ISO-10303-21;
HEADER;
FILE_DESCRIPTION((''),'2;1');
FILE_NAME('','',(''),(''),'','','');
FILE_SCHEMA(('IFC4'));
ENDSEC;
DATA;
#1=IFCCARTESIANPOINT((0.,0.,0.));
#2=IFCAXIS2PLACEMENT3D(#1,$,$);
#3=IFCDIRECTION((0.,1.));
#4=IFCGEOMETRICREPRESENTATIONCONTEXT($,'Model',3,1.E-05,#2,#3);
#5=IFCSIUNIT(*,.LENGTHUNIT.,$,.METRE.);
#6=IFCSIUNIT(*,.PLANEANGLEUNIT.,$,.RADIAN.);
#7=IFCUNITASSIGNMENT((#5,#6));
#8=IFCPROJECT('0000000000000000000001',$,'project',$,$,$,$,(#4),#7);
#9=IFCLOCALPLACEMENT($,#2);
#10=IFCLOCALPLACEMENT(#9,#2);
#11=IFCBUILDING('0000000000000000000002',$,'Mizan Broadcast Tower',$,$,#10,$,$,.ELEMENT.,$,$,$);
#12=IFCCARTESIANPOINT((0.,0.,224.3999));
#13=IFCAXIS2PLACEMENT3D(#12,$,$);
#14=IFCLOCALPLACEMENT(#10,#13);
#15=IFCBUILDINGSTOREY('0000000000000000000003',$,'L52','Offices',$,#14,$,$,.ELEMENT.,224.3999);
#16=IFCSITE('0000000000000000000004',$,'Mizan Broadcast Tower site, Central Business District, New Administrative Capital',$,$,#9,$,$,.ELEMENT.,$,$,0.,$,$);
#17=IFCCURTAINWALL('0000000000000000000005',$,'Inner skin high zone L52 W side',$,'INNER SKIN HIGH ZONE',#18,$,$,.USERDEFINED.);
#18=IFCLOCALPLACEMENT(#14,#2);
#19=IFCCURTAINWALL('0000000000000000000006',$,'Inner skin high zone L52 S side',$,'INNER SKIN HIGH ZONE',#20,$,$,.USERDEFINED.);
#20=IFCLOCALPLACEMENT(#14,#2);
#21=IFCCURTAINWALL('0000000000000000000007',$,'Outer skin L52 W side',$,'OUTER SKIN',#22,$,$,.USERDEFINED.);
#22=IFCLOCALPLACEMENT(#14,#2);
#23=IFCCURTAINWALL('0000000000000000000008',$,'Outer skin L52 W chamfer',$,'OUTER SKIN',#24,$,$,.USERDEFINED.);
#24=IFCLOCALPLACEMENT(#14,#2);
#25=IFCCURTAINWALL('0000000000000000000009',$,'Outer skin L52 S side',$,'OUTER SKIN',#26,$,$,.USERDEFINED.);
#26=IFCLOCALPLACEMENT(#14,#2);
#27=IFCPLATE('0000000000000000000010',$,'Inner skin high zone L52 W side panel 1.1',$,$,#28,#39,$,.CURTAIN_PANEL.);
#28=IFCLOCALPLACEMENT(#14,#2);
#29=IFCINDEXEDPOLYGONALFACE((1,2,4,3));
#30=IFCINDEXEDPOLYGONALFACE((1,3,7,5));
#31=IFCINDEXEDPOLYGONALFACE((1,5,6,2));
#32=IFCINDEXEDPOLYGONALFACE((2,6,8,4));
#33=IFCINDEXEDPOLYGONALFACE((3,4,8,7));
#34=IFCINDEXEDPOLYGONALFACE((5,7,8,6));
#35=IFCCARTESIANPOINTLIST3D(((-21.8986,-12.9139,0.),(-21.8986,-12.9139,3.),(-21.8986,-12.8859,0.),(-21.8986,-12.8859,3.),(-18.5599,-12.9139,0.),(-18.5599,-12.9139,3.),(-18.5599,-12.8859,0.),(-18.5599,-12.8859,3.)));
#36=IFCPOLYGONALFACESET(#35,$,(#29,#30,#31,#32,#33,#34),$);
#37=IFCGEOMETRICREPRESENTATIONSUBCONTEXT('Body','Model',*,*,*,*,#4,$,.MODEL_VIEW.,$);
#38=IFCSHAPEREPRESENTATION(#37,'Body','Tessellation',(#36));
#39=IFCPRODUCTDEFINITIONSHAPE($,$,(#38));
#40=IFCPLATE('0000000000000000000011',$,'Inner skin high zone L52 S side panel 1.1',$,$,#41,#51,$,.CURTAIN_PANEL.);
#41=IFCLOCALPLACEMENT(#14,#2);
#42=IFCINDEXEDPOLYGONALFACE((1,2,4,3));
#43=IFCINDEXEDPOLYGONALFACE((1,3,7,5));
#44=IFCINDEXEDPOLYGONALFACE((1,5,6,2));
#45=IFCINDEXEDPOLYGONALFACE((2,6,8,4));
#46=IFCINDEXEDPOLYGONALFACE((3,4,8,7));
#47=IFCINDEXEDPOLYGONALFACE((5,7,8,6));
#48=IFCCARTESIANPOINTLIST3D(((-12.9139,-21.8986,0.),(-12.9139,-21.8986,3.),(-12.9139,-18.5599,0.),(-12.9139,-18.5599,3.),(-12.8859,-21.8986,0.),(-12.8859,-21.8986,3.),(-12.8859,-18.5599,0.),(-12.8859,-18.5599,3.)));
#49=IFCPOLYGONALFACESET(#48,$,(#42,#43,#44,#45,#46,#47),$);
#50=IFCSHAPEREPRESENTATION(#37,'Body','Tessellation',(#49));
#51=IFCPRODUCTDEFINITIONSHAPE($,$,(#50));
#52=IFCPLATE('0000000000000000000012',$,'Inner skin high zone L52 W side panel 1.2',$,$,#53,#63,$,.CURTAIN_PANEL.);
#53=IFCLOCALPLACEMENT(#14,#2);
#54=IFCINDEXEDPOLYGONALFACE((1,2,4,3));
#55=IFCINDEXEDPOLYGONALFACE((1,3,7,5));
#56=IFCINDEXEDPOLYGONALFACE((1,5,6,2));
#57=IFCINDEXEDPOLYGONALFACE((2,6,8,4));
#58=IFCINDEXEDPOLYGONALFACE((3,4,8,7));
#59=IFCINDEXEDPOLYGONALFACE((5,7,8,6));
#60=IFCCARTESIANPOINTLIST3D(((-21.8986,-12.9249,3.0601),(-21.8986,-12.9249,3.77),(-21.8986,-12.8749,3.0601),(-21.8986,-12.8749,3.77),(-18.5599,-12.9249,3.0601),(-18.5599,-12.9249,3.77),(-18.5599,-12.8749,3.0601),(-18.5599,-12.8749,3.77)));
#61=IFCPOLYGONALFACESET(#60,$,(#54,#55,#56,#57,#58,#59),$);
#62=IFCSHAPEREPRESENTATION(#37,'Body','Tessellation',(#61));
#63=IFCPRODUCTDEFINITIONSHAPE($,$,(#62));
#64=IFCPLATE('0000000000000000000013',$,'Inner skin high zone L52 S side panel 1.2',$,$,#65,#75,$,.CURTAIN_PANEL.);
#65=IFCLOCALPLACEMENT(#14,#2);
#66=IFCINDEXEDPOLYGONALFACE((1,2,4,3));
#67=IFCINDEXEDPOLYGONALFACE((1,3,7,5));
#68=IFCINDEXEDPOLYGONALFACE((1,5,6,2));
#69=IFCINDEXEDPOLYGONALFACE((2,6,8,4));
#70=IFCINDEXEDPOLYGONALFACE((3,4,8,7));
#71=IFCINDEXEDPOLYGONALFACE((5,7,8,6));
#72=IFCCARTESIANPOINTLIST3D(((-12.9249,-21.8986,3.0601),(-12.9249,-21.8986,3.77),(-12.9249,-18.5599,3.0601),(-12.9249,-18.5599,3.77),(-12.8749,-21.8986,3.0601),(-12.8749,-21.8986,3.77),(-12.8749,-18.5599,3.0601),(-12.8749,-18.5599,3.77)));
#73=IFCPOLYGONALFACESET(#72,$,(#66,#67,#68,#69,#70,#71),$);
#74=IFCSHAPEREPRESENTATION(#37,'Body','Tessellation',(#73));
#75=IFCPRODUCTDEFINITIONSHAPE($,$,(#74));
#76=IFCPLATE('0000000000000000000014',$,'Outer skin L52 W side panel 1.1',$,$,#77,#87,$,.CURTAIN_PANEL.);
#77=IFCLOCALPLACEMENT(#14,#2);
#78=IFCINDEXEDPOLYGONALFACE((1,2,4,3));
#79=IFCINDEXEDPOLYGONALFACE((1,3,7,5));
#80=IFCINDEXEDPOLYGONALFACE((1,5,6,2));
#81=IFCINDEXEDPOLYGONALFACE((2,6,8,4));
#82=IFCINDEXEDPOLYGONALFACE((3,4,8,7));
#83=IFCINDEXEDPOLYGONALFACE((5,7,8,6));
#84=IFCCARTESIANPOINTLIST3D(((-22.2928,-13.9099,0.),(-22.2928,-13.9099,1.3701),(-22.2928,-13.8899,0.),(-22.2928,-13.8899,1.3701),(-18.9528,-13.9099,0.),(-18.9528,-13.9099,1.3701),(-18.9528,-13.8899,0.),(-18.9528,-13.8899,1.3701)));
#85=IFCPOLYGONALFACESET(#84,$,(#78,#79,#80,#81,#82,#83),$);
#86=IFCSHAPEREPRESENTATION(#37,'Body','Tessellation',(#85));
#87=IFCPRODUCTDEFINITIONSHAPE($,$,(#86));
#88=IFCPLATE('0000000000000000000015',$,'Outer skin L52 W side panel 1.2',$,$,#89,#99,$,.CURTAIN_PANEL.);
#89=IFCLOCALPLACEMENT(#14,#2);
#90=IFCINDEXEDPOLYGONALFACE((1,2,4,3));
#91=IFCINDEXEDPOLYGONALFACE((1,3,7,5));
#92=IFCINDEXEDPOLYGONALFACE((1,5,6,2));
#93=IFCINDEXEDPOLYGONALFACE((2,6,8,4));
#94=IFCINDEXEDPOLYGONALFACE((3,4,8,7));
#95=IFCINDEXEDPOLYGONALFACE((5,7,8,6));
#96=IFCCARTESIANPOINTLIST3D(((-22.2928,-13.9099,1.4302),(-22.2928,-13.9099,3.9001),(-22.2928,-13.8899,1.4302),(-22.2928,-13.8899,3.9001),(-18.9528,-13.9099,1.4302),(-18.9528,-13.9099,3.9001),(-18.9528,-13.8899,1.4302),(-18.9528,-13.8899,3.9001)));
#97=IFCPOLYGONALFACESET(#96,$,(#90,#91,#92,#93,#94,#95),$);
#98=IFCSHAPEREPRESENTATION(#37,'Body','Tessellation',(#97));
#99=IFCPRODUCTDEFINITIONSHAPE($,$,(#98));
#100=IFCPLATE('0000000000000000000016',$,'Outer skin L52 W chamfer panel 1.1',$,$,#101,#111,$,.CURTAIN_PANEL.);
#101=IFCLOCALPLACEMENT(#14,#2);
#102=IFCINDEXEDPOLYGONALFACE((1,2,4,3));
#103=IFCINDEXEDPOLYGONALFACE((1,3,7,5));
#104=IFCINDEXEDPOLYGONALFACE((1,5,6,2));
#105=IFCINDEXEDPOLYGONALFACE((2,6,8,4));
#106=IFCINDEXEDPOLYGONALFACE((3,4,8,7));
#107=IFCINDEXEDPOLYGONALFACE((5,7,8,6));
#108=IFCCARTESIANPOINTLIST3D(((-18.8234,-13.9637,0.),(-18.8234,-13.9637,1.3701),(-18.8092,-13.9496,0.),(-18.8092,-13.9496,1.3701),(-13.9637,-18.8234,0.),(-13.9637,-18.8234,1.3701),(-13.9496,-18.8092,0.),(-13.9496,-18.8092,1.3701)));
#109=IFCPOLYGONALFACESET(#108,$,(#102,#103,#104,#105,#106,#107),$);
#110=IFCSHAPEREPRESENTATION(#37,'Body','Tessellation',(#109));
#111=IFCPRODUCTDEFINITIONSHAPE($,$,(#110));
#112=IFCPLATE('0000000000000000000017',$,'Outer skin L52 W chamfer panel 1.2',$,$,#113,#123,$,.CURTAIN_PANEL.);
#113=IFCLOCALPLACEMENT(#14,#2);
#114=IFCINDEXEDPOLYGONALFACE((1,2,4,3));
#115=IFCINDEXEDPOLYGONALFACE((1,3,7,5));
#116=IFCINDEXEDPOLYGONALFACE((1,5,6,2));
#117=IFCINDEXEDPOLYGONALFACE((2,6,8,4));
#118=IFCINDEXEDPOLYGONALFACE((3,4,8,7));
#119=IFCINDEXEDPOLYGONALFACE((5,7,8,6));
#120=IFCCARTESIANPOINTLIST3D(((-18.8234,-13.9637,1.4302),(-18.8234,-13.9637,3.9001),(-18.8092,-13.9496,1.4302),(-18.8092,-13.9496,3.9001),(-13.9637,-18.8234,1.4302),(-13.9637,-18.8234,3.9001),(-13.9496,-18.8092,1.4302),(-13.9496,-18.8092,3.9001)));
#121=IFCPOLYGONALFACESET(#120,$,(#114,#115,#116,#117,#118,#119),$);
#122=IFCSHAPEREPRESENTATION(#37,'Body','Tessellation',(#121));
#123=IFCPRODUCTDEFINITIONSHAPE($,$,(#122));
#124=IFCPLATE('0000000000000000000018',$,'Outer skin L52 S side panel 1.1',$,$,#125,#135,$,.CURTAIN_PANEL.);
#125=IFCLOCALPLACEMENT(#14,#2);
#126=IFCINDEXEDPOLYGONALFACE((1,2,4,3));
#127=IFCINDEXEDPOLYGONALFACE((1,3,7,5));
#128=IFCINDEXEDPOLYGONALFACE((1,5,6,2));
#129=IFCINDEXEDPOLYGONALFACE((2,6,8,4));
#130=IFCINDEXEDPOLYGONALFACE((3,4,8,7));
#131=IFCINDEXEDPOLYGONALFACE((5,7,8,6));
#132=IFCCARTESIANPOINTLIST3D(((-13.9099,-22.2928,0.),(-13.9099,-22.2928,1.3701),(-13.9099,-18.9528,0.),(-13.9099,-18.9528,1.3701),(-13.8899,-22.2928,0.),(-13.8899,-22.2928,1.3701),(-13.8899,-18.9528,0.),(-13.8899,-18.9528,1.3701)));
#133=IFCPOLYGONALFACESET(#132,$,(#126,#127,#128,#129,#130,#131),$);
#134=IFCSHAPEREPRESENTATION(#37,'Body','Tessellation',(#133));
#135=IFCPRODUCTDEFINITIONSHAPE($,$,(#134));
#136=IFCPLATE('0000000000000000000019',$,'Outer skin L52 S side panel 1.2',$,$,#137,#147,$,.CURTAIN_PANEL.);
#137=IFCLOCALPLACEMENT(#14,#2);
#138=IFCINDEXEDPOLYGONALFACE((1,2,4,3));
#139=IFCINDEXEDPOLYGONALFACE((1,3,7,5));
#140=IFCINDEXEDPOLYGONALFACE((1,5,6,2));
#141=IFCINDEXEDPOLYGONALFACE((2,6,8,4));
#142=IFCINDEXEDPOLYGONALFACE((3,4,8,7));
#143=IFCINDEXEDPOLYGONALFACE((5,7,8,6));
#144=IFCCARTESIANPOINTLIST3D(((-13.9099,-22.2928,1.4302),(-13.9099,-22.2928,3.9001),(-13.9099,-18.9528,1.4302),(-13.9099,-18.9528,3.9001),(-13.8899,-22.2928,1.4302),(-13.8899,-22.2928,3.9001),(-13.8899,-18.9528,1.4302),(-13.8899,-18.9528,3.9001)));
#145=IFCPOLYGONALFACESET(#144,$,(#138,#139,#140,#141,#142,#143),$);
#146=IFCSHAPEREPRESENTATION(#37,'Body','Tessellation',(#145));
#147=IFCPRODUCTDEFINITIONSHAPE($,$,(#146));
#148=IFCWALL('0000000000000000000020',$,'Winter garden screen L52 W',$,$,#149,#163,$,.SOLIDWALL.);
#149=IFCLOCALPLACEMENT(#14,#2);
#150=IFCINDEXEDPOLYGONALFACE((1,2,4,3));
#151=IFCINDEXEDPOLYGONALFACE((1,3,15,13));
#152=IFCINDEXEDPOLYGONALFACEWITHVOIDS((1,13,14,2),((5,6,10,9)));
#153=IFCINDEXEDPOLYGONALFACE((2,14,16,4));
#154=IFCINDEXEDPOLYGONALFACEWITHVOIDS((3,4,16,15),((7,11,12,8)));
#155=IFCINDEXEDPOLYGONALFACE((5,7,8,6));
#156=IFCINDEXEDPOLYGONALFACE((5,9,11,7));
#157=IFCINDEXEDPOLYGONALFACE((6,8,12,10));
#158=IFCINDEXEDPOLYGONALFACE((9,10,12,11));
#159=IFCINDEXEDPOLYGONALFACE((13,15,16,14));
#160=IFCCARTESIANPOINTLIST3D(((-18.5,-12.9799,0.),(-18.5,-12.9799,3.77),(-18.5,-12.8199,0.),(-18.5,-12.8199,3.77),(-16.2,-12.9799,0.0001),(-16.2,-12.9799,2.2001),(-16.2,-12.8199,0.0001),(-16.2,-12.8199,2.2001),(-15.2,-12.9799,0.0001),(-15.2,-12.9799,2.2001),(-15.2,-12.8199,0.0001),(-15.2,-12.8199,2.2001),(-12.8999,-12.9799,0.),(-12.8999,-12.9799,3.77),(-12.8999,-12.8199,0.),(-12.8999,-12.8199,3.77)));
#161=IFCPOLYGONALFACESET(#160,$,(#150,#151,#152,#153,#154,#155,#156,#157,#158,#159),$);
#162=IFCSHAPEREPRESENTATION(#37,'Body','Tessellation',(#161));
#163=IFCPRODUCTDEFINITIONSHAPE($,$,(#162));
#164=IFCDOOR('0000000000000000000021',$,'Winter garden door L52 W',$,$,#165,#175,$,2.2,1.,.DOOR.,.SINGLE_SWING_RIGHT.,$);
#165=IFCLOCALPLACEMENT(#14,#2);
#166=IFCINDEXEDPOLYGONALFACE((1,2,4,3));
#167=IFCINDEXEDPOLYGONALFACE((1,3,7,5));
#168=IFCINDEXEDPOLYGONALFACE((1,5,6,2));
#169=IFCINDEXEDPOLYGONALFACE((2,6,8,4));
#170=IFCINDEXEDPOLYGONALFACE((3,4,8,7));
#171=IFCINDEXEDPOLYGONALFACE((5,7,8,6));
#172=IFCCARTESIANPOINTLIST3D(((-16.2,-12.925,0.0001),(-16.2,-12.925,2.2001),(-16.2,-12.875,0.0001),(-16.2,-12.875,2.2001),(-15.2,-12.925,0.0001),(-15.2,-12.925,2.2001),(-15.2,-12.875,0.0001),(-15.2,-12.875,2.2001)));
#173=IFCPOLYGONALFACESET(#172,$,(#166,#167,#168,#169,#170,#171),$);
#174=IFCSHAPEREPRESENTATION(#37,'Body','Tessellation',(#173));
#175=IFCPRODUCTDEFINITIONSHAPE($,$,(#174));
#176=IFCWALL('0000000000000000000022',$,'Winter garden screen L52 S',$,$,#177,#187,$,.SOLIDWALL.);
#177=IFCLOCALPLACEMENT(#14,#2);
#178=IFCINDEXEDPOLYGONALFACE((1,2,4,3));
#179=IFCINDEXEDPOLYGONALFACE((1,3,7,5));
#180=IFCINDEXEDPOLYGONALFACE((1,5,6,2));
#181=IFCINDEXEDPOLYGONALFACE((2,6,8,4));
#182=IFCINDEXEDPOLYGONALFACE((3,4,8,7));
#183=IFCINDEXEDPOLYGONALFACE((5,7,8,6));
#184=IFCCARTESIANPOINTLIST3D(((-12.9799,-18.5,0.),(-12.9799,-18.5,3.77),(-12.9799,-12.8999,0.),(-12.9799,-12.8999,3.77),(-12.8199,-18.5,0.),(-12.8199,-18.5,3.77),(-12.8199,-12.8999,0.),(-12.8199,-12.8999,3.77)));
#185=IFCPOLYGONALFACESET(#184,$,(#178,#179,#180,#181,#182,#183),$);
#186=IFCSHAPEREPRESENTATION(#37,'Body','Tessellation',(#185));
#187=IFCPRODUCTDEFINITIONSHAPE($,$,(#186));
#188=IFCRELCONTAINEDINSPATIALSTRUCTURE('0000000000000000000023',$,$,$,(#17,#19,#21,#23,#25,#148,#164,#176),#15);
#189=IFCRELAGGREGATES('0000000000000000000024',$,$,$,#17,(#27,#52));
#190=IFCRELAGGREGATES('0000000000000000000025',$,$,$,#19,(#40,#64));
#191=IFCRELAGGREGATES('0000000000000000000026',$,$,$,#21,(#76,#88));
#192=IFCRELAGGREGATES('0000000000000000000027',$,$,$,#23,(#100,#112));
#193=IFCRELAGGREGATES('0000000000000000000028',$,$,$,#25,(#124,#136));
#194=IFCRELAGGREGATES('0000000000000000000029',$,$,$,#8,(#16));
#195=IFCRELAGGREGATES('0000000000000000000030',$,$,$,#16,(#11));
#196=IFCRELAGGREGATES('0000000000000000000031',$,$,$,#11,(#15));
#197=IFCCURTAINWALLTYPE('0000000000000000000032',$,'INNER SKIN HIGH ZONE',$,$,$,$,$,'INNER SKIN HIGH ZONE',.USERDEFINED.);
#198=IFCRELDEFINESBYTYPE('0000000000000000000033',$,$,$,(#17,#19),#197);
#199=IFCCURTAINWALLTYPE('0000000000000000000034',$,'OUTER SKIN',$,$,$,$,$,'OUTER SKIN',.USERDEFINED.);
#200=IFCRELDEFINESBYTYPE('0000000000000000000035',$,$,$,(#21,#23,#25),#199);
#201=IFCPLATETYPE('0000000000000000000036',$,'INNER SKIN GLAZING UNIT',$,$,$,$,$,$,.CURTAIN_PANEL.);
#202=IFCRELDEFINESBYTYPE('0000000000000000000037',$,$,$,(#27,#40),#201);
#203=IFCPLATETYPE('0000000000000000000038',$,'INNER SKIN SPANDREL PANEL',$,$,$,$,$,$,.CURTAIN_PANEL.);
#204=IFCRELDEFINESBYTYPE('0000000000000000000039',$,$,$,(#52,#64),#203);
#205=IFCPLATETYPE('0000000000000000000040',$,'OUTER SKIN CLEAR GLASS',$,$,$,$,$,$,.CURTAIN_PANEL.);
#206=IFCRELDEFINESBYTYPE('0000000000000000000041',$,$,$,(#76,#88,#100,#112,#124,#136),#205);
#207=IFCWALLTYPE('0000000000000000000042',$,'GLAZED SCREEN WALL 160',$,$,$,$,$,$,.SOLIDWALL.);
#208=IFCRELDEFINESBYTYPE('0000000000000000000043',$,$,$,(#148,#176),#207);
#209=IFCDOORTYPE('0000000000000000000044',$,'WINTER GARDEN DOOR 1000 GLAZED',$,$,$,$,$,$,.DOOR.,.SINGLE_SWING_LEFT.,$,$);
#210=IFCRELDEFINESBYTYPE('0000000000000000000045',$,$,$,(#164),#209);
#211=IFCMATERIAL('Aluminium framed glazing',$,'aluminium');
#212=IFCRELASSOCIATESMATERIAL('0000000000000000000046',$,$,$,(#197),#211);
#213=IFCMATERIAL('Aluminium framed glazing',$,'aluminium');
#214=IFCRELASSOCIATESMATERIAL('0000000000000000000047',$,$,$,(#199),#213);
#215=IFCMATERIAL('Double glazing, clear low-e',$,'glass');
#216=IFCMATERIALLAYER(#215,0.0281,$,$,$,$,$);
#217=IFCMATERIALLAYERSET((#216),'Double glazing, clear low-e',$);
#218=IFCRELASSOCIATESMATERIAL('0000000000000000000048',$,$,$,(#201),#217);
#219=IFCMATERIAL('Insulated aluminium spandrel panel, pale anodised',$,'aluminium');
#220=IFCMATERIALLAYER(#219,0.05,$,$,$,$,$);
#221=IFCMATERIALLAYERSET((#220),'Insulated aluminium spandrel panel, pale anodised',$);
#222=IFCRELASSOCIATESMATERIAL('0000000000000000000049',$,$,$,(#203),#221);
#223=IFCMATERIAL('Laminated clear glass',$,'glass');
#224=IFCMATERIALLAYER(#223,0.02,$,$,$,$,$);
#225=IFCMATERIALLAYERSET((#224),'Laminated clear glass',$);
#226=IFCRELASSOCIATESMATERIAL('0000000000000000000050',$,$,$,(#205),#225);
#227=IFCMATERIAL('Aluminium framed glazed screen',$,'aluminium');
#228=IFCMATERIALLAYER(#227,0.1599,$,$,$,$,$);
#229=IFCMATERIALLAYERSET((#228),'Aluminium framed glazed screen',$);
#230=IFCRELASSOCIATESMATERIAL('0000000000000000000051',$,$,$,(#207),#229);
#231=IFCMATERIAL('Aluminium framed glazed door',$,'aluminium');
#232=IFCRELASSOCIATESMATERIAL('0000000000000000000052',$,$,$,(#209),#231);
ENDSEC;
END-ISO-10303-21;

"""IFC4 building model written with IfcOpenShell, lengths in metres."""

from ifc_helpers import new_model, si_unit, direction, frame, frame_2d, origin, origin_2d, place, context, subcontext, project, spatial, rectangle, extrude, material, layer, layer_set, type_object, element, fill, aggregate, save


model = new_model("IFC4")

# Units and contexts
model_context = context("Model", 3, precision=1e-05, world=origin(), true_north=direction((0.0, 1.0)))
body_context = subcontext(model_context, "Body", "Model", "MODEL_VIEW")
ifc_project = project(units=[si_unit("LENGTHUNIT", "METRE"), si_unit("PLANEANGLEUNIT", "RADIAN")], contexts=[model_context])

# Site, building, storey
site_placement = place(None, origin())
site = spatial("IfcSite", under=ifc_project, at=site_placement, Name="Mizan Broadcast Tower site, Central Business District, New Administrative Capital", CompositionType="ELEMENT", RefElevation=0.0)
building_placement = place(site_placement, origin())
building = spatial("IfcBuilding", under=site, at=building_placement, Name="Mizan Broadcast Tower", CompositionType="ELEMENT")
storey_placement = place(building_placement, frame((0.0, 0.0, 224.3999)))
storey = spatial("IfcBuildingStorey", under=building, at=storey_placement, Name="L52", Description="Offices", CompositionType="ELEMENT", Elevation=224.3999)

# Curtain walls
ifc_material_1 = material(Name="Aluminium framed glazing", Category="aluminium")
curtain_wall_type_1 = type_object("IfcCurtainWallType", Name="INNER SKIN HIGH ZONE", ElementType="INNER SKIN HIGH ZONE", PredefinedType="USERDEFINED", material=ifc_material_1)
curtain_wall_1_placement = place(storey_placement, origin())
curtain_wall_1 = element("IfcCurtainWall", 1, at=curtain_wall_1_placement, inside=storey, type_object=curtain_wall_type_1, Name="Inner skin high zone L52 W side", ObjectType="INNER SKIN HIGH ZONE", PredefinedType="USERDEFINED")
curtain_wall_2_placement = place(storey_placement, origin())
curtain_wall_2 = element("IfcCurtainWall", 2, at=curtain_wall_2_placement, inside=storey, type_object=curtain_wall_type_1, Name="Inner skin high zone L52 S side", ObjectType="INNER SKIN HIGH ZONE", PredefinedType="USERDEFINED")

# Curtain walls
ifc_material_2 = material(Name="Aluminium framed glazing", Category="aluminium")
curtain_wall_type_2 = type_object("IfcCurtainWallType", Name="OUTER SKIN", ElementType="OUTER SKIN", PredefinedType="USERDEFINED", material=ifc_material_2)
curtain_wall_3_placement = place(storey_placement, origin())
curtain_wall_3 = element("IfcCurtainWall", 3, at=curtain_wall_3_placement, inside=storey, type_object=curtain_wall_type_2, Name="Outer skin L52 W side", ObjectType="OUTER SKIN", PredefinedType="USERDEFINED")
curtain_wall_4_placement = place(storey_placement, origin())
curtain_wall_4 = element("IfcCurtainWall", 4, at=curtain_wall_4_placement, inside=storey, type_object=curtain_wall_type_2, Name="Outer skin L52 W chamfer", ObjectType="OUTER SKIN", PredefinedType="USERDEFINED")
curtain_wall_5_placement = place(storey_placement, origin())
curtain_wall_5 = element("IfcCurtainWall", 5, at=curtain_wall_5_placement, inside=storey, type_object=curtain_wall_type_2, Name="Outer skin L52 S side", ObjectType="OUTER SKIN", PredefinedType="USERDEFINED")

# Plates
ifc_material_3 = material(Name="Double glazing, clear low-e", Category="glass")
ifc_layer_1 = layer(ifc_material_3, 0.0281)
ifc_layer_set_1 = layer_set([ifc_layer_1], Name="Double glazing, clear low-e")
plate_type_1 = type_object("IfcPlateType", Name="INNER SKIN GLAZING UNIT", PredefinedType="CURTAIN_PANEL", material=ifc_layer_set_1)
plate_1_placement = place(storey_placement, frame((-20.2292, -12.8999, 0.0), z_axis=(0.0, 0.0, 1.0), x_axis=(1.0, 0.0, 0.0)))
plate_1 = element("IfcPlate", 6, at=plate_1_placement, type_object=plate_type_1, Name="Inner skin high zone L52 W side panel 1.1", PredefinedType="CURTAIN_PANEL", context=body_context, shape_type="SweptSolid", body=[
    extrude(rectangle(XDim=3.3386, YDim=0.0281, at=origin_2d()), origin(), (0.0, 0.0, 1.0), 3.0),
])
plate_2_placement = place(storey_placement, frame((-12.8999, -20.2292, 0.0), z_axis=(0.0, 0.0, 1.0), x_axis=(0.0, -1.0, 0.0)))
plate_2 = element("IfcPlate", 7, at=plate_2_placement, type_object=plate_type_1, Name="Inner skin high zone L52 S side panel 1.1", PredefinedType="CURTAIN_PANEL", context=body_context, shape_type="SweptSolid", body=[
    extrude(rectangle(XDim=3.3386, YDim=0.0281, at=origin_2d()), origin(), (0.0, 0.0, 1.0), 3.0),
])
ifc_material_4 = material(Name="Insulated aluminium spandrel panel, pale anodised", Category="aluminium")
ifc_layer_2 = layer(ifc_material_4, 0.05)
ifc_layer_set_2 = layer_set([ifc_layer_2], Name="Insulated aluminium spandrel panel, pale anodised")
plate_type_2 = type_object("IfcPlateType", Name="INNER SKIN SPANDREL PANEL", PredefinedType="CURTAIN_PANEL", material=ifc_layer_set_2)
plate_3_placement = place(storey_placement, frame((-20.2292, -12.8999, 3.0601), z_axis=(0.0, 0.0, 1.0), x_axis=(1.0, 0.0, 0.0)))
plate_3 = element("IfcPlate", 8, at=plate_3_placement, type_object=plate_type_2, Name="Inner skin high zone L52 W side panel 1.2", PredefinedType="CURTAIN_PANEL", context=body_context, shape_type="SweptSolid", body=[
    extrude(rectangle(XDim=3.3386, YDim=0.05, at=origin_2d()), origin(), (0.0, 0.0, 1.0), 0.71),
])
aggregate(curtain_wall_1, [plate_1, plate_3])
plate_4_placement = place(storey_placement, frame((-12.8999, -20.2292, 3.0601), z_axis=(0.0, 0.0, 1.0), x_axis=(0.0, -1.0, 0.0)))
plate_4 = element("IfcPlate", 9, at=plate_4_placement, type_object=plate_type_2, Name="Inner skin high zone L52 S side panel 1.2", PredefinedType="CURTAIN_PANEL", context=body_context, shape_type="SweptSolid", body=[
    extrude(rectangle(XDim=3.3386, YDim=0.05, at=origin_2d()), origin(), (0.0, 0.0, 1.0), 0.71),
])
aggregate(curtain_wall_2, [plate_2, plate_4])
ifc_material_5 = material(Name="Laminated clear glass", Category="glass")
ifc_layer_3 = layer(ifc_material_5, 0.02)
ifc_layer_set_3 = layer_set([ifc_layer_3], Name="Laminated clear glass")
plate_type_3 = type_object("IfcPlateType", Name="OUTER SKIN CLEAR GLASS", PredefinedType="CURTAIN_PANEL", material=ifc_layer_set_3)
plate_5_placement = place(storey_placement, frame((-20.6228, -13.8999, 0.0), z_axis=(0.0, 0.0, 1.0), x_axis=(1.0, 0.0, 0.0)))
plate_5 = element("IfcPlate", 10, at=plate_5_placement, type_object=plate_type_3, Name="Outer skin L52 W side panel 1.1", PredefinedType="CURTAIN_PANEL", context=body_context, shape_type="SweptSolid", body=[
    extrude(rectangle(XDim=3.3401, YDim=0.02, at=origin_2d()), origin(), (0.0, 0.0, 1.0), 1.3701),
])
plate_6_placement = place(storey_placement, frame((-20.6228, -13.8999, 1.4302), z_axis=(0.0, 0.0, 1.0), x_axis=(1.0, 0.0, 0.0)))
plate_6 = element("IfcPlate", 11, at=plate_6_placement, type_object=plate_type_3, Name="Outer skin L52 W side panel 1.2", PredefinedType="CURTAIN_PANEL", context=body_context, shape_type="SweptSolid", body=[
    extrude(rectangle(XDim=3.3401, YDim=0.02, at=origin_2d()), origin(), (0.0, 0.0, 1.0), 2.47),
])
aggregate(curtain_wall_3, [plate_5, plate_6])
plate_7_placement = place(storey_placement, frame((-16.3865, -16.3865, 0.0), z_axis=(0.0, 0.0, 1.0), x_axis=(0.707107, -0.707107, 0.0)))
plate_7 = element("IfcPlate", 12, at=plate_7_placement, type_object=plate_type_3, Name="Outer skin L52 W chamfer panel 1.1", PredefinedType="CURTAIN_PANEL", context=body_context, shape_type="SweptSolid", body=[
    extrude(rectangle(XDim=6.8726, YDim=0.02, at=origin_2d()), origin(), (0.0, 0.0, 1.0), 1.3701),
])
plate_8_placement = place(storey_placement, frame((-16.3865, -16.3865, 1.4302), z_axis=(0.0, 0.0, 1.0), x_axis=(0.707107, -0.707107, 0.0)))
plate_8 = element("IfcPlate", 13, at=plate_8_placement, type_object=plate_type_3, Name="Outer skin L52 W chamfer panel 1.2", PredefinedType="CURTAIN_PANEL", context=body_context, shape_type="SweptSolid", body=[
    extrude(rectangle(XDim=6.8726, YDim=0.02, at=origin_2d()), origin(), (0.0, 0.0, 1.0), 2.47),
])
aggregate(curtain_wall_4, [plate_7, plate_8])
plate_9_placement = place(storey_placement, frame((-13.8999, -20.6228, 0.0), z_axis=(0.0, 0.0, 1.0), x_axis=(0.0, -1.0, 0.0)))
plate_9 = element("IfcPlate", 14, at=plate_9_placement, type_object=plate_type_3, Name="Outer skin L52 S side panel 1.1", PredefinedType="CURTAIN_PANEL", context=body_context, shape_type="SweptSolid", body=[
    extrude(rectangle(XDim=3.3401, YDim=0.02, at=origin_2d()), origin(), (0.0, 0.0, 1.0), 1.3701),
])
plate_10_placement = place(storey_placement, frame((-13.8999, -20.6228, 1.4302), z_axis=(0.0, 0.0, 1.0), x_axis=(0.0, -1.0, 0.0)))
plate_10 = element("IfcPlate", 15, at=plate_10_placement, type_object=plate_type_3, Name="Outer skin L52 S side panel 1.2", PredefinedType="CURTAIN_PANEL", context=body_context, shape_type="SweptSolid", body=[
    extrude(rectangle(XDim=3.3401, YDim=0.02, at=origin_2d()), origin(), (0.0, 0.0, 1.0), 2.47),
])
aggregate(curtain_wall_5, [plate_9, plate_10])

# Wall, opening, door
ifc_material_6 = material(Name="Aluminium framed glazed screen", Category="aluminium")
ifc_layer_4 = layer(ifc_material_6, 0.1599)
ifc_layer_set_4 = layer_set([ifc_layer_4], Name="Aluminium framed glazed screen")
wall_type = type_object("IfcWallType", Name="GLAZED SCREEN WALL 160", PredefinedType="SOLIDWALL", material=ifc_layer_set_4)
wall_1_placement = place(storey_placement, frame((-18.5, -12.8999, 0.0), z_axis=(0.0, 0.0, 1.0), x_axis=(1.0, 0.0, 0.0)))
wall_1 = element("IfcWall", 16, at=wall_1_placement, inside=storey, type_object=wall_type, Name="Winter garden screen L52 W", PredefinedType="SOLIDWALL", context=body_context, shape_type="SweptSolid", body=[
    extrude(rectangle(XDim=5.6001, YDim=0.1599, at=frame_2d((2.8, 0.0))), origin(), (0.0, 0.0, 1.0), 3.77),
])
opening_placement = place(wall_1_placement, frame((2.3, 0.0, 0.0)))
opening = element("IfcOpeningElement", 17, at=opening_placement, cuts=wall_1, PredefinedType="OPENING", context=body_context, shape_type="SweptSolid", body=[
    extrude(rectangle(XDim=1.0, YDim=2.2, at=frame_2d((0.5, 1.1001))), frame((0.0, 0.0898, 0.0), z_axis=(0.0, -1.0, 0.0), x_axis=(1.0, 0.0, 0.0)), (0.0, 0.0, 1.0), 0.1799),
])
ifc_material_7 = material(Name="Aluminium framed glazed door", Category="aluminium")
door_type = type_object("IfcDoorType", Name="WINTER GARDEN DOOR 1000 GLAZED", OperationType="SINGLE_SWING_LEFT", PredefinedType="DOOR", material=ifc_material_7)
door_placement = place(opening_placement, origin())
door = element("IfcDoor", 18, at=door_placement, inside=storey, type_object=door_type, Name="Winter garden door L52 W", OperationType="SINGLE_SWING_RIGHT", OverallHeight=2.2, OverallWidth=1.0, PredefinedType="DOOR", context=body_context, shape_type="SweptSolid", body=[
    extrude(rectangle(XDim=1.0, YDim=2.2, at=frame_2d((0.5, 1.1001))), frame((0.0, 0.0249, 0.0), z_axis=(0.0, -1.0, 0.0), x_axis=(1.0, 0.0, 0.0)), (0.0, 0.0, 1.0), 0.05),
])
fill(opening, door)

# Wall
wall_2_placement = place(storey_placement, frame((-12.8999, -12.8999, 0.0), z_axis=(0.0, 0.0, 1.0), x_axis=(0.0, -1.0, 0.0)))
element("IfcWall", 19, at=wall_2_placement, inside=storey, type_object=wall_type, Name="Winter garden screen L52 S", PredefinedType="SOLIDWALL", context=body_context, shape_type="SweptSolid", body=[
    extrude(rectangle(XDim=5.6001, YDim=0.1599, at=frame_2d((2.8, 0.0))), origin(), (0.0, 0.0, 1.0), 3.77),
])

save(model, "model.ifc")
